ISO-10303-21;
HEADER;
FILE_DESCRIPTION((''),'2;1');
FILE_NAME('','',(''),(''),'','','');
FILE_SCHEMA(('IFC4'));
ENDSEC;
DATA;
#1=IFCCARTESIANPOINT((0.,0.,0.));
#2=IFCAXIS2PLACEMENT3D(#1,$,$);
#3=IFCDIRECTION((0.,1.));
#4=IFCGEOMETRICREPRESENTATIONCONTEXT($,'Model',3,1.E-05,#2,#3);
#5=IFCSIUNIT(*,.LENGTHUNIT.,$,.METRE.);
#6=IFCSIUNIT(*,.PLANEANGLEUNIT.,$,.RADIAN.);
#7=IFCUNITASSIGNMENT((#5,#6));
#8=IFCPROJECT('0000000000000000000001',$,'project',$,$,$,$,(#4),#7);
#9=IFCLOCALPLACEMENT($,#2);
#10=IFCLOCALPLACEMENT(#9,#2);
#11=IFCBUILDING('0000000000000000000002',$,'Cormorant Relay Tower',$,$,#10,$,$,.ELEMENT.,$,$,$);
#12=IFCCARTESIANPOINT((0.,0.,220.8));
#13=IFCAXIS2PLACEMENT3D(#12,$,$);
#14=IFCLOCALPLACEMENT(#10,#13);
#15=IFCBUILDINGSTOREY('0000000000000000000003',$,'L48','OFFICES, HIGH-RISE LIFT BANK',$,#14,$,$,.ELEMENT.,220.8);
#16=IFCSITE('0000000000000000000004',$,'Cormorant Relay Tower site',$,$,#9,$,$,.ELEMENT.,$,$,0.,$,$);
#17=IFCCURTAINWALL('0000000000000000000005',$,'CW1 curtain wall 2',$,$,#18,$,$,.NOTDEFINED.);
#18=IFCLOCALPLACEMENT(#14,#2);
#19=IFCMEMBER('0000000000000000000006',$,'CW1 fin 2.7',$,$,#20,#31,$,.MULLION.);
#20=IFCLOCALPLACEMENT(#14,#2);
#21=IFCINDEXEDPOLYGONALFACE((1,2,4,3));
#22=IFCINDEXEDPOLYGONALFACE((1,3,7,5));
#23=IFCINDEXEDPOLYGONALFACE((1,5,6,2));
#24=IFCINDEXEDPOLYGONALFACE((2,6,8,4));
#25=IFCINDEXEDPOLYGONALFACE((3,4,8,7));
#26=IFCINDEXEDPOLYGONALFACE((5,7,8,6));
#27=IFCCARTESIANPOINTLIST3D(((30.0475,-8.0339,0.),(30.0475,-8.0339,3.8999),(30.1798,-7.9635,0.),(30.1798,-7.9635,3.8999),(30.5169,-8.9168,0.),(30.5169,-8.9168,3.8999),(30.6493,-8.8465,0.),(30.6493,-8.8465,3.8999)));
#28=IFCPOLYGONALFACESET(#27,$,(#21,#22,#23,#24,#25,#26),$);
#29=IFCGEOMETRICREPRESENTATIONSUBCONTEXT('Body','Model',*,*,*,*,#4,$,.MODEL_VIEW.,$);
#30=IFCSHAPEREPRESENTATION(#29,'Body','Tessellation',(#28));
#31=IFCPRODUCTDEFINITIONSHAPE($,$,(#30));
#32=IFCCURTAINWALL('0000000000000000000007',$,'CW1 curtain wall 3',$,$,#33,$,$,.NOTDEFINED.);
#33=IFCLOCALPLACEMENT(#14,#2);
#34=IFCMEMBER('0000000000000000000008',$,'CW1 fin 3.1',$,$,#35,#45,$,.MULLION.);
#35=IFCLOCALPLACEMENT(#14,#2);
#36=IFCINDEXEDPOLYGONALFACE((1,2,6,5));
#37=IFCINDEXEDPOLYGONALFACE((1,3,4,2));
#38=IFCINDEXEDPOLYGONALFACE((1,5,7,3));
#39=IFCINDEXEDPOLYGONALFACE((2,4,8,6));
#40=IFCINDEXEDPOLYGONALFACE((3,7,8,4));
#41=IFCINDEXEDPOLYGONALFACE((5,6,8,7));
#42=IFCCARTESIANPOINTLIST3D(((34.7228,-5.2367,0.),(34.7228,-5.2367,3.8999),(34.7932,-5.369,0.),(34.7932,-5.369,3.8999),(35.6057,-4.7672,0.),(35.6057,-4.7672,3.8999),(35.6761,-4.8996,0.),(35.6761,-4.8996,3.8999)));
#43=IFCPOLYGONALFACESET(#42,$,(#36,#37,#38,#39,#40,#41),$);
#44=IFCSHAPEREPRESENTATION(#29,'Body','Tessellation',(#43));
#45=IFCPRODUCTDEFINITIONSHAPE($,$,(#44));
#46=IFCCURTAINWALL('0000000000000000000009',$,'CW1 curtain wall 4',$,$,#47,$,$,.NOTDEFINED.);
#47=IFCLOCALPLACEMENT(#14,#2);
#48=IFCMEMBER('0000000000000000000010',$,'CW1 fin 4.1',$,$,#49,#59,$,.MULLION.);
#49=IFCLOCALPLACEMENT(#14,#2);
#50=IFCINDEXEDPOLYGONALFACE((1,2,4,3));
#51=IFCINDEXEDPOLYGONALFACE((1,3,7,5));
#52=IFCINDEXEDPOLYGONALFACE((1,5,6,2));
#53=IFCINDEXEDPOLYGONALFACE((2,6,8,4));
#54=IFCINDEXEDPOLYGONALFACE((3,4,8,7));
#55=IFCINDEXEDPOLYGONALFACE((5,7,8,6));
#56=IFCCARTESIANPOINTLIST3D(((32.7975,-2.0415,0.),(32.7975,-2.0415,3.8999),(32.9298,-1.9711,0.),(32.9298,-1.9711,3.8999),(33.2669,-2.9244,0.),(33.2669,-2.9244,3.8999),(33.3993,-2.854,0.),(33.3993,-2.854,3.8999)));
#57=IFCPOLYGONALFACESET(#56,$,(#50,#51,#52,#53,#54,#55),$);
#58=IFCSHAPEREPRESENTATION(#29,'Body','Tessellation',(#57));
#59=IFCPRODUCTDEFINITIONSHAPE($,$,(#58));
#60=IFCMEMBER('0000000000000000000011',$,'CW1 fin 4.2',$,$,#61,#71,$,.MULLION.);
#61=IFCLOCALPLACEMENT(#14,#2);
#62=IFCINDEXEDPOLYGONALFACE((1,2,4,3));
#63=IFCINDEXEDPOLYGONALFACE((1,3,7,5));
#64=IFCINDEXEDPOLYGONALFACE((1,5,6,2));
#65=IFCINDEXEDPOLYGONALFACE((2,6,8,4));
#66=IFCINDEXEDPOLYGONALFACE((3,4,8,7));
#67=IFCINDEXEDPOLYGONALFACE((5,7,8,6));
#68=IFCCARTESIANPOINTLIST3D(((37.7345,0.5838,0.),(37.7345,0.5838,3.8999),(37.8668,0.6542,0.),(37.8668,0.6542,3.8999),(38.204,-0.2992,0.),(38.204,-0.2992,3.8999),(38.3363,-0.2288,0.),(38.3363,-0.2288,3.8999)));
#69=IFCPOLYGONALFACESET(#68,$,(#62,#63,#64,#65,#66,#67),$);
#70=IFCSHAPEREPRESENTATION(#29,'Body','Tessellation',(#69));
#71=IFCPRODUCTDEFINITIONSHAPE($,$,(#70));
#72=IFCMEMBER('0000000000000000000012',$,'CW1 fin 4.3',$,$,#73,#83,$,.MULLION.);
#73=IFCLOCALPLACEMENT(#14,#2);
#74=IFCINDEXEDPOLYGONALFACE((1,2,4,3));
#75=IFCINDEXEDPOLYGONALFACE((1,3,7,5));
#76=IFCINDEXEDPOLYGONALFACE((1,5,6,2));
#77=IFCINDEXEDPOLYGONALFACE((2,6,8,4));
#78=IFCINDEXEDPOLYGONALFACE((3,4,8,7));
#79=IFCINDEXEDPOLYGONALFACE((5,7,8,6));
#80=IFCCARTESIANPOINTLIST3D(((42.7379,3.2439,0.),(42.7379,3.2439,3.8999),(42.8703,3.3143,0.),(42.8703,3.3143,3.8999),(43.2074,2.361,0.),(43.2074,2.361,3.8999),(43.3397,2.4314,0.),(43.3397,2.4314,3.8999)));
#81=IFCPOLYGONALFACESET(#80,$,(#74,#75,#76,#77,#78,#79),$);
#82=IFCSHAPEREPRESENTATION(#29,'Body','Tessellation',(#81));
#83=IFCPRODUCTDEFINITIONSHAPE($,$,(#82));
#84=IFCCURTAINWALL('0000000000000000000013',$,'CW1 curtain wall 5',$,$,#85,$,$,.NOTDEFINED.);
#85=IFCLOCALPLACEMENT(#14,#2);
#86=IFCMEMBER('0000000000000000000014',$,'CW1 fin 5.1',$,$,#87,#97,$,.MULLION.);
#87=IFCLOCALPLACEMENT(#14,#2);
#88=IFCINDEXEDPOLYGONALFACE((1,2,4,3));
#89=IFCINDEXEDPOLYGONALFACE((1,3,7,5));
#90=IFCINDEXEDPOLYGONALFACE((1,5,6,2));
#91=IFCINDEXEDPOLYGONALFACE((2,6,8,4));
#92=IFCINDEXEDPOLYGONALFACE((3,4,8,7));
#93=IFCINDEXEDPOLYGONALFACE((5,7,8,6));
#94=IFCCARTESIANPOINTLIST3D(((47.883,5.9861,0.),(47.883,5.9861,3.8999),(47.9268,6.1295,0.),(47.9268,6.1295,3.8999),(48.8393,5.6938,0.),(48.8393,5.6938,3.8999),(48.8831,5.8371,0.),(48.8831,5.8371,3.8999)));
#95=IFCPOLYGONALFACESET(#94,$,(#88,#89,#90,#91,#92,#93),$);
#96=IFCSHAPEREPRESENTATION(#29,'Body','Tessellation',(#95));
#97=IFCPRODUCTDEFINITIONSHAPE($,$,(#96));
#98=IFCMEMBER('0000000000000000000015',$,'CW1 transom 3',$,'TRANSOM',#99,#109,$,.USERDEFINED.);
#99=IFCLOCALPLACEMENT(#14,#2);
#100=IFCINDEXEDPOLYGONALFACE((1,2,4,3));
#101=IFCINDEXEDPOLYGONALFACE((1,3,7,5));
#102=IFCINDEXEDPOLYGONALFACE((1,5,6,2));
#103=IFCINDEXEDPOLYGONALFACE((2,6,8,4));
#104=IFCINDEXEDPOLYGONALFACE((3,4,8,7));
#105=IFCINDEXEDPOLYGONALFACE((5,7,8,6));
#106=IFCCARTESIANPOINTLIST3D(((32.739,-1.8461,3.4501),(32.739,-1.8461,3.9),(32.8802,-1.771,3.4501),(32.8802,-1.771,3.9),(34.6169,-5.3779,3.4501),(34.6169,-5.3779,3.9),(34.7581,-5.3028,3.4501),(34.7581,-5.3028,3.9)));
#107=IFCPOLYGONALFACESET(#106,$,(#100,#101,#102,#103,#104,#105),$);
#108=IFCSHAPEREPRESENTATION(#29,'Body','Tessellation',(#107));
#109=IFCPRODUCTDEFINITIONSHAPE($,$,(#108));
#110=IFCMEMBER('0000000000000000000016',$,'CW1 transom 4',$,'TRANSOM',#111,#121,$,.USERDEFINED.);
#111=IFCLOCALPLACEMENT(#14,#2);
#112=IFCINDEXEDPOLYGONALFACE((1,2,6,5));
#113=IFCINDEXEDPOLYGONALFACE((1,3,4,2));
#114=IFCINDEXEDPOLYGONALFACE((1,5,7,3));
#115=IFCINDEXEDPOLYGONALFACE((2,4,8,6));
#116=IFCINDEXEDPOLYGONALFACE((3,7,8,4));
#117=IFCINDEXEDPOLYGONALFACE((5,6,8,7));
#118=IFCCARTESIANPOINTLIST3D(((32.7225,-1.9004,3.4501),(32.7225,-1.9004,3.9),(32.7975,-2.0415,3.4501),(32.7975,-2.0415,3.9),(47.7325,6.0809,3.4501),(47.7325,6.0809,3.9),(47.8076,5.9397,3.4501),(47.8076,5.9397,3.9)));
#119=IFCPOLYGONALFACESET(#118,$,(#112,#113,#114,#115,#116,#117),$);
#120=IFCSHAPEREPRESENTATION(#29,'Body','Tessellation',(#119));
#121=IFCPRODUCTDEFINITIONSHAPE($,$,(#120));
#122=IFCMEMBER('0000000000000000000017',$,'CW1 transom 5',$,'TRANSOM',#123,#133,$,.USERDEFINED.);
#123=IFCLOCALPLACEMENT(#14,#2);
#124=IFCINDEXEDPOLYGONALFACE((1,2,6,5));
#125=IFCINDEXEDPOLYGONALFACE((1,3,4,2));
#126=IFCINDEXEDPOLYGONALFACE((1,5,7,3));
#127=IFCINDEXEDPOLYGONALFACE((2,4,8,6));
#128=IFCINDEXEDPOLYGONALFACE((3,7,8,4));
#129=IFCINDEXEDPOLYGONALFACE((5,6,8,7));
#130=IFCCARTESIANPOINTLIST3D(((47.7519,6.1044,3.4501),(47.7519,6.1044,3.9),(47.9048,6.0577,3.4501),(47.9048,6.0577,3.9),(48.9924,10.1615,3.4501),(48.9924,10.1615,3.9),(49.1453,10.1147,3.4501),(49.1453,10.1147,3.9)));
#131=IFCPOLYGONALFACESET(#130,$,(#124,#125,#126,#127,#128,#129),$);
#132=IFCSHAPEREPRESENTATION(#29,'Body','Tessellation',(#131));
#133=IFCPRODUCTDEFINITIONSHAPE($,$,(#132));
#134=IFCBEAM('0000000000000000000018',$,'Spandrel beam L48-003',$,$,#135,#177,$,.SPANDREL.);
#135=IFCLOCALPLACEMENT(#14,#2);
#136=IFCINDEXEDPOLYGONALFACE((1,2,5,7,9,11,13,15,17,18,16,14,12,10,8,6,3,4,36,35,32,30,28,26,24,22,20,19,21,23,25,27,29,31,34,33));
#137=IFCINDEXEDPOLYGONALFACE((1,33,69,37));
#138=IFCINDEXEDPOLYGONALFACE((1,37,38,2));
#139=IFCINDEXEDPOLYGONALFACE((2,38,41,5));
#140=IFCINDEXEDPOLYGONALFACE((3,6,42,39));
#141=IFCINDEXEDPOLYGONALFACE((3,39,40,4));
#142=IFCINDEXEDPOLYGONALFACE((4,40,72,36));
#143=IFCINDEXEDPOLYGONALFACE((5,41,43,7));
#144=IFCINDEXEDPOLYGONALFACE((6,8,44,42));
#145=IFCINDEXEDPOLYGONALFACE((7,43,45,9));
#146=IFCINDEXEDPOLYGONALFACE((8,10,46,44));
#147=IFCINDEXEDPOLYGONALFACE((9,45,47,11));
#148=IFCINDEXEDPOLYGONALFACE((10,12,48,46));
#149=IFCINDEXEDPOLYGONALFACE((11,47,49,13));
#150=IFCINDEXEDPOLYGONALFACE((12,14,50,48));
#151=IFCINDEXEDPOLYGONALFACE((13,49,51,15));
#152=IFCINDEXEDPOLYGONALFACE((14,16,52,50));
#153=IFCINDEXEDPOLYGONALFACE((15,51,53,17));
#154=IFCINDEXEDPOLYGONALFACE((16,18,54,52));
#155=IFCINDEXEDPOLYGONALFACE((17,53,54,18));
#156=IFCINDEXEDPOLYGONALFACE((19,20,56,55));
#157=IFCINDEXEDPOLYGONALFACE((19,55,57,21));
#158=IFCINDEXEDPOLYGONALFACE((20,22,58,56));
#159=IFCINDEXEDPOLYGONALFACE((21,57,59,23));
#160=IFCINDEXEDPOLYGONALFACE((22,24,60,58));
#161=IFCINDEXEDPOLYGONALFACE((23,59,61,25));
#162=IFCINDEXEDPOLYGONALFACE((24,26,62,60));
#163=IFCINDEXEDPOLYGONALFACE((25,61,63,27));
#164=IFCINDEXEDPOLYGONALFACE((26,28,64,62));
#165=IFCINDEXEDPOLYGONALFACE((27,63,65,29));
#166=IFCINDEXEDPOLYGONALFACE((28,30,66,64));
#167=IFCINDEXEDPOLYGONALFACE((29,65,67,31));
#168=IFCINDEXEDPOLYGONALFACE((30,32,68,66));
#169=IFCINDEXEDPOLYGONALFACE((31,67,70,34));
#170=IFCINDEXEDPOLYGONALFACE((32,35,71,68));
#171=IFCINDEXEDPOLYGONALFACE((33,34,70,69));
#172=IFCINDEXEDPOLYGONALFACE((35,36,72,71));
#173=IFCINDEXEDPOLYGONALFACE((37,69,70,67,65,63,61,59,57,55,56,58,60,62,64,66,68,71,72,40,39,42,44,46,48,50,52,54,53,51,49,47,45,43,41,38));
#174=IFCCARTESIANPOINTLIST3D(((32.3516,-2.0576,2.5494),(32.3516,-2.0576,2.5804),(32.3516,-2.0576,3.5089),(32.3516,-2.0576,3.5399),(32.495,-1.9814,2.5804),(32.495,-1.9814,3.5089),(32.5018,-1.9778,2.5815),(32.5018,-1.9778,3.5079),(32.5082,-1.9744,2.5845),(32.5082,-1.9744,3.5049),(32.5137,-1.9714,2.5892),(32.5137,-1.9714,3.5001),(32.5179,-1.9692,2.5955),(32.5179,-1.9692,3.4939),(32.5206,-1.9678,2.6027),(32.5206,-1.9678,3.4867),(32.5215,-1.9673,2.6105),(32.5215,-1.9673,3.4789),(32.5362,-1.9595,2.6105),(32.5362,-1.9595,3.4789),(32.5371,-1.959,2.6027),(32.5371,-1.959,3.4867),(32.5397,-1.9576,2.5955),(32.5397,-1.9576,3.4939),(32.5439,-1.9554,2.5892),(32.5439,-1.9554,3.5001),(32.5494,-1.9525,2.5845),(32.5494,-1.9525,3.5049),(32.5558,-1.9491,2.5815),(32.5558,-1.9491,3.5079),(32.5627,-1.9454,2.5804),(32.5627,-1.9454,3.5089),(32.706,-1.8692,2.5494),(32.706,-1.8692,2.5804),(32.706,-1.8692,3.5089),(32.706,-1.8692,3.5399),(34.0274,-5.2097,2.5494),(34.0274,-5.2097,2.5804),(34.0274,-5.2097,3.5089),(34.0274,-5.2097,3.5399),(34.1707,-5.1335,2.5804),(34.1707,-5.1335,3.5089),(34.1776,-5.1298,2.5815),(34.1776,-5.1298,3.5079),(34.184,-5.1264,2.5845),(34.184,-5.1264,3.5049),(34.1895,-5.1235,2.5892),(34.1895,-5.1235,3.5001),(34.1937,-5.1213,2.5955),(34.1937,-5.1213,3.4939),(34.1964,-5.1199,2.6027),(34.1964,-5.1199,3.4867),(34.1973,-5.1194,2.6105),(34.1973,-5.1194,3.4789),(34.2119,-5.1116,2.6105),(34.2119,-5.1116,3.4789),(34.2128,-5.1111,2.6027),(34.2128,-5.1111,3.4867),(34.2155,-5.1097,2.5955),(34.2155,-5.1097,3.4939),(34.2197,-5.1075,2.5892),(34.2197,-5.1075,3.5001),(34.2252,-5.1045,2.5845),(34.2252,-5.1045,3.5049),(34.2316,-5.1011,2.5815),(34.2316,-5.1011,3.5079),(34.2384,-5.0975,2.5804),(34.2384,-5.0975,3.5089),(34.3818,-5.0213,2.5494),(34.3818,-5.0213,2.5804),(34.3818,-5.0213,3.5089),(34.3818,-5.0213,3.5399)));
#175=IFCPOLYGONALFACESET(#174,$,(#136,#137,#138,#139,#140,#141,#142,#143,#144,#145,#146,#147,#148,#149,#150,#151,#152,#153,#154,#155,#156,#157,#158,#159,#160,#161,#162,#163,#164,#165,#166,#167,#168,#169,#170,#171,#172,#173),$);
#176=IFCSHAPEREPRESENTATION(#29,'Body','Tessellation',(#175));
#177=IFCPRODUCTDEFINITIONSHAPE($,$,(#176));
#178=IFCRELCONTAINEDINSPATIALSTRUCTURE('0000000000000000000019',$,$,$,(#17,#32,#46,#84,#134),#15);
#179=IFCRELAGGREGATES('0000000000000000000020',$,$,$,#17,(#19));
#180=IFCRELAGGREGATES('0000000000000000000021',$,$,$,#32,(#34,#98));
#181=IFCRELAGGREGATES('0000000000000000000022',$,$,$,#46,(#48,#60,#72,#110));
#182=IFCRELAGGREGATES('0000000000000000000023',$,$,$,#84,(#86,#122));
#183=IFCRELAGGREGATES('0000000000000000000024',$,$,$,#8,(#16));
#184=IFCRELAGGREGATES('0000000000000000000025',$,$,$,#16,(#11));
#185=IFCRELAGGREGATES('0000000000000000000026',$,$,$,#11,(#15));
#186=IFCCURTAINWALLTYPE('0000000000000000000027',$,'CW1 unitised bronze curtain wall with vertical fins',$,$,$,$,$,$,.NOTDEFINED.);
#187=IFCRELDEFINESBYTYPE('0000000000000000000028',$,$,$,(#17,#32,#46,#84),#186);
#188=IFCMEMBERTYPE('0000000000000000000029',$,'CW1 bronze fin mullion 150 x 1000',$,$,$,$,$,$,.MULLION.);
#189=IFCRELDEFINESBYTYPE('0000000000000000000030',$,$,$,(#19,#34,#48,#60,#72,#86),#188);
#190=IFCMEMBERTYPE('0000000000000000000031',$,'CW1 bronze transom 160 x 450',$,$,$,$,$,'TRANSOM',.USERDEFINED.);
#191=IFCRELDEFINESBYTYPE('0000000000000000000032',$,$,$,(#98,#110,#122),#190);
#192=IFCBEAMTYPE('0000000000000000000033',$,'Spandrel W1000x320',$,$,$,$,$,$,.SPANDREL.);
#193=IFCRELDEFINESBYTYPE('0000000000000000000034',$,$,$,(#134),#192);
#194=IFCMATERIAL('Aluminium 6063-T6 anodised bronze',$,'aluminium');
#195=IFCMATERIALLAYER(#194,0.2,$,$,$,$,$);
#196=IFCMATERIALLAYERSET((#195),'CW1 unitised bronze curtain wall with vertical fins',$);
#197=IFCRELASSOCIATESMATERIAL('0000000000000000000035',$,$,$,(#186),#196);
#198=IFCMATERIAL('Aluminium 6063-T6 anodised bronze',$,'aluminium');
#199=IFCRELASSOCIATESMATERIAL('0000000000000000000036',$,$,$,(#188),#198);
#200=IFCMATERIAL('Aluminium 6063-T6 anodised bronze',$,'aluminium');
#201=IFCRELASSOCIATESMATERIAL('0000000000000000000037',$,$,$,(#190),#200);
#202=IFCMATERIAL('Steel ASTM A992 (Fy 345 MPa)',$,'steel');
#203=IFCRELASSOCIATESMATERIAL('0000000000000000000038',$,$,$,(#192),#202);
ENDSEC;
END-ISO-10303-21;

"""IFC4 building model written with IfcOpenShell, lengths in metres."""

from ifc_helpers import new_model, si_unit, direction, frame, origin, origin_2d, place, context, subcontext, project, spatial, rectangle, i_section, extrude, material, layer, layer_set, material_profile, profile_set, type_object, element, aggregate, save


model = new_model("IFC4")

# Units and contexts
model_context = context("Model", 3, precision=1e-05, world=origin(), true_north=direction((0.0, 1.0)))
body_context = subcontext(model_context, "Body", "Model", "MODEL_VIEW")
ifc_project = project(units=[si_unit("LENGTHUNIT", "METRE"), si_unit("PLANEANGLEUNIT", "RADIAN")], contexts=[model_context])

# Site, building, storey
site_placement = place(None, origin())
site = spatial("IfcSite", under=ifc_project, at=site_placement, Name="Cormorant Relay Tower site", CompositionType="ELEMENT", RefElevation=0.0)
building_placement = place(site_placement, origin())
building = spatial("IfcBuilding", under=site, at=building_placement, Name="Cormorant Relay Tower", CompositionType="ELEMENT")
storey_placement = place(building_placement, frame((0.0, 0.0, 220.8)))
storey = spatial("IfcBuildingStorey", under=building, at=storey_placement, Name="L48", Description="OFFICES, HIGH-RISE LIFT BANK", CompositionType="ELEMENT", Elevation=220.8)

# Curtain walls, members
ifc_material_1 = material(Name="Aluminium 6063-T6 anodised bronze", Category="aluminium")
ifc_layer_1 = layer(ifc_material_1, 0.2)
ifc_layer_set_1 = layer_set([ifc_layer_1], Name="CW1 unitised bronze curtain wall with vertical fins")
curtain_wall_type = type_object("IfcCurtainWallType", Name="CW1 unitised bronze curtain wall with vertical fins", PredefinedType="NOTDEFINED", material=ifc_layer_set_1)
curtain_wall_1_placement = place(storey_placement, origin())
curtain_wall_1 = element("IfcCurtainWall", 1, at=curtain_wall_1_placement, inside=storey, type_object=curtain_wall_type, Name="CW1 curtain wall 2", PredefinedType="NOTDEFINED")
ifc_material_2 = material(Name="Aluminium 6063-T6 anodised bronze", Category="aluminium")
ifc_material_profile_1 = material_profile(ifc_material_2, rectangle(XDim=0.1499, YDim=1.0, at=origin_2d()), Name="AL 150x1000")
ifc_profile_set_1 = profile_set([ifc_material_profile_1], Name="Aluminium 6063-T6 anodised bronze")
member_type_1 = type_object("IfcMemberType", Name="CW1 bronze fin mullion 150 x 1000", PredefinedType="MULLION", material=ifc_profile_set_1)
member_1_placement = place(storey_placement, frame((30.3484, -8.4402, 0.0), z_axis=(0.0, 0.0, 1.0), x_axis=(0.882948, 0.469472, 0.0)))
member_1 = element("IfcMember", 2, at=member_1_placement, type_object=member_type_1, Name="CW1 fin 2.7", PredefinedType="MULLION", context=body_context, shape_type="SweptSolid", body=[
    extrude(rectangle(XDim=0.1499, YDim=1.0, at=origin_2d()), origin(), (0.0, 0.0, 1.0), 3.8999),
])
curtain_wall_2_placement = place(storey_placement, origin())
curtain_wall_2 = element("IfcCurtainWall", 3, at=curtain_wall_2_placement, inside=storey, type_object=curtain_wall_type, Name="CW1 curtain wall 3", PredefinedType="NOTDEFINED")
member_2_placement = place(storey_placement, frame((35.1995, -5.0681, 0.0), z_axis=(0.0, 0.0, 1.0), x_axis=(-0.469472, 0.882948, 0.0)))
member_2 = element("IfcMember", 4, at=member_2_placement, type_object=member_type_1, Name="CW1 fin 3.1", PredefinedType="MULLION", context=body_context, shape_type="SweptSolid", body=[
    extrude(rectangle(XDim=0.1499, YDim=1.0, at=origin_2d()), origin(), (0.0, 0.0, 1.0), 3.8999),
])

# Curtain wall, members
curtain_wall_3_placement = place(storey_placement, origin())
curtain_wall_3 = element("IfcCurtainWall", 5, at=curtain_wall_3_placement, inside=storey, type_object=curtain_wall_type, Name="CW1 curtain wall 4", PredefinedType="NOTDEFINED")
member_3_placement = place(storey_placement, frame((33.0984, -2.4478, 0.0), z_axis=(0.0, 0.0, 1.0), x_axis=(0.882948, 0.469472, 0.0)))
member_3 = element("IfcMember", 6, at=member_3_placement, type_object=member_type_1, Name="CW1 fin 4.1", PredefinedType="MULLION", context=body_context, shape_type="SweptSolid", body=[
    extrude(rectangle(XDim=0.1499, YDim=1.0, at=origin_2d()), origin(), (0.0, 0.0, 1.0), 3.8999),
])
member_4_placement = place(storey_placement, frame((38.0354, 0.1775, 0.0), z_axis=(0.0, 0.0, 1.0), x_axis=(0.882948, 0.469472, 0.0)))
member_4 = element("IfcMember", 7, at=member_4_placement, type_object=member_type_1, Name="CW1 fin 4.2", PredefinedType="MULLION", context=body_context, shape_type="SweptSolid", body=[
    extrude(rectangle(XDim=0.1499, YDim=1.0, at=origin_2d()), origin(), (0.0, 0.0, 1.0), 3.8999),
])
member_5_placement = place(storey_placement, frame((43.0388, 2.8376, 0.0), z_axis=(0.0, 0.0, 1.0), x_axis=(0.882948, 0.469472, 0.0)))
member_5 = element("IfcMember", 8, at=member_5_placement, type_object=member_type_1, Name="CW1 fin 4.3", PredefinedType="MULLION", context=body_context, shape_type="SweptSolid", body=[
    extrude(rectangle(XDim=0.1499, YDim=1.0, at=origin_2d()), origin(), (0.0, 0.0, 1.0), 3.8999),
])

# Curtain wall, member
curtain_wall_4_placement = place(storey_placement, origin())
curtain_wall_4 = element("IfcCurtainWall", 9, at=curtain_wall_4_placement, inside=storey, type_object=curtain_wall_type, Name="CW1 curtain wall 5", PredefinedType="NOTDEFINED")
member_6_placement = place(storey_placement, frame((48.3831, 5.9116, 0.0), z_axis=(0.0, 0.0, 1.0), x_axis=(0.292372, 0.956305, 0.0)))
member_6 = element("IfcMember", 10, at=member_6_placement, type_object=member_type_1, Name="CW1 fin 5.1", PredefinedType="MULLION", context=body_context, shape_type="SweptSolid", body=[
    extrude(rectangle(XDim=0.1499, YDim=1.0, at=origin_2d()), origin(), (0.0, 0.0, 1.0), 3.8999),
])

# Members
ifc_material_3 = material(Name="Aluminium 6063-T6 anodised bronze", Category="aluminium")
ifc_material_profile_2 = material_profile(ifc_material_3, rectangle(XDim=0.1599, YDim=0.45, at=origin_2d()), Name="AL 160x450")
ifc_profile_set_2 = profile_set([ifc_material_profile_2], Name="Aluminium 6063-T6 anodised bronze")
member_type_2 = type_object("IfcMemberType", Name="CW1 bronze transom 160 x 450", ElementType="TRANSOM", PredefinedType="USERDEFINED", material=ifc_profile_set_2)
member_7_placement = place(storey_placement, frame((34.6875, -5.3403, 3.675), z_axis=(-0.469485, 0.88294, 0.0), x_axis=(-0.88294, -0.469485, 0.0)))
member_7 = element("IfcMember", 11, at=member_7_placement, type_object=member_type_2, Name="CW1 transom 3", ObjectType="TRANSOM", PredefinedType="USERDEFINED", context=body_context, shape_type="SweptSolid", body=[
    extrude(rectangle(XDim=0.1599, YDim=0.45, at=origin_2d()), origin(), (0.0, 0.0, 1.0), 4.0),
])
member_8_placement = place(storey_placement, frame((32.76, -1.9709, 3.675), z_axis=(0.882942, 0.469482, 0.0), x_axis=(-0.469482, 0.882942, 0.0)))
member_8 = element("IfcMember", 12, at=member_8_placement, type_object=member_type_2, Name="CW1 transom 4", ObjectType="TRANSOM", PredefinedType="USERDEFINED", context=body_context, shape_type="SweptSolid", body=[
    extrude(rectangle(XDim=0.1599, YDim=0.45, at=origin_2d()), origin(), (0.0, 0.0, 1.0), 17.0),
])
member_9_placement = place(storey_placement, frame((47.8284, 6.0811, 3.675), z_axis=(0.292391, 0.956299, 0.0), x_axis=(-0.956299, 0.292391, 0.0)))
member_9 = element("IfcMember", 13, at=member_9_placement, type_object=member_type_2, Name="CW1 transom 5", ObjectType="TRANSOM", PredefinedType="USERDEFINED", context=body_context, shape_type="SweptSolid", body=[
    extrude(rectangle(XDim=0.1599, YDim=0.45, at=origin_2d()), origin(), (0.0, 0.0, 1.0), 4.2424),
])

# Beam
ifc_material_4 = material(Name="Steel ASTM A992 (Fy 345 MPa)", Category="steel")
ifc_material_profile_3 = material_profile(ifc_material_4, i_section(OverallWidth=0.4014, OverallDepth=0.9905, WebThickness=0.0166, FlangeThickness=0.031, FilletRadius=0.03, at=origin_2d()), Name="W1000x320")
ifc_profile_set_3 = profile_set([ifc_material_profile_3], Name="Steel ASTM A992 (Fy 345 MPa)")
beam_type = type_object("IfcBeamType", Name="Spandrel W1000x320", PredefinedType="SPANDREL", material=ifc_profile_set_3)
beam_1_placement = place(storey_placement, frame((34.2046, -5.1155, 3.0447), z_axis=(-0.469424, 0.882973, 0.0), x_axis=(-0.882973, -0.469424, 0.0)))
element("IfcBeam", 14, at=beam_1_placement, inside=storey, type_object=beam_type, Name="Spandrel beam L48-003", PredefinedType="SPANDREL", context=body_context, shape_type="SweptSolid", body=[
    extrude(i_section(OverallWidth=0.4014, OverallDepth=0.9905, WebThickness=0.0166, FlangeThickness=0.031, FilletRadius=0.03, at=origin_2d()), origin(), (0.0, 0.0, 1.0), 3.5698),
])

aggregate(curtain_wall_1, [member_1])

aggregate(curtain_wall_2, [member_2, member_7])
aggregate(curtain_wall_3, [member_3, member_4, member_5, member_8])
aggregate(curtain_wall_4, [member_6, member_9])

save(model, "model.ifc")
